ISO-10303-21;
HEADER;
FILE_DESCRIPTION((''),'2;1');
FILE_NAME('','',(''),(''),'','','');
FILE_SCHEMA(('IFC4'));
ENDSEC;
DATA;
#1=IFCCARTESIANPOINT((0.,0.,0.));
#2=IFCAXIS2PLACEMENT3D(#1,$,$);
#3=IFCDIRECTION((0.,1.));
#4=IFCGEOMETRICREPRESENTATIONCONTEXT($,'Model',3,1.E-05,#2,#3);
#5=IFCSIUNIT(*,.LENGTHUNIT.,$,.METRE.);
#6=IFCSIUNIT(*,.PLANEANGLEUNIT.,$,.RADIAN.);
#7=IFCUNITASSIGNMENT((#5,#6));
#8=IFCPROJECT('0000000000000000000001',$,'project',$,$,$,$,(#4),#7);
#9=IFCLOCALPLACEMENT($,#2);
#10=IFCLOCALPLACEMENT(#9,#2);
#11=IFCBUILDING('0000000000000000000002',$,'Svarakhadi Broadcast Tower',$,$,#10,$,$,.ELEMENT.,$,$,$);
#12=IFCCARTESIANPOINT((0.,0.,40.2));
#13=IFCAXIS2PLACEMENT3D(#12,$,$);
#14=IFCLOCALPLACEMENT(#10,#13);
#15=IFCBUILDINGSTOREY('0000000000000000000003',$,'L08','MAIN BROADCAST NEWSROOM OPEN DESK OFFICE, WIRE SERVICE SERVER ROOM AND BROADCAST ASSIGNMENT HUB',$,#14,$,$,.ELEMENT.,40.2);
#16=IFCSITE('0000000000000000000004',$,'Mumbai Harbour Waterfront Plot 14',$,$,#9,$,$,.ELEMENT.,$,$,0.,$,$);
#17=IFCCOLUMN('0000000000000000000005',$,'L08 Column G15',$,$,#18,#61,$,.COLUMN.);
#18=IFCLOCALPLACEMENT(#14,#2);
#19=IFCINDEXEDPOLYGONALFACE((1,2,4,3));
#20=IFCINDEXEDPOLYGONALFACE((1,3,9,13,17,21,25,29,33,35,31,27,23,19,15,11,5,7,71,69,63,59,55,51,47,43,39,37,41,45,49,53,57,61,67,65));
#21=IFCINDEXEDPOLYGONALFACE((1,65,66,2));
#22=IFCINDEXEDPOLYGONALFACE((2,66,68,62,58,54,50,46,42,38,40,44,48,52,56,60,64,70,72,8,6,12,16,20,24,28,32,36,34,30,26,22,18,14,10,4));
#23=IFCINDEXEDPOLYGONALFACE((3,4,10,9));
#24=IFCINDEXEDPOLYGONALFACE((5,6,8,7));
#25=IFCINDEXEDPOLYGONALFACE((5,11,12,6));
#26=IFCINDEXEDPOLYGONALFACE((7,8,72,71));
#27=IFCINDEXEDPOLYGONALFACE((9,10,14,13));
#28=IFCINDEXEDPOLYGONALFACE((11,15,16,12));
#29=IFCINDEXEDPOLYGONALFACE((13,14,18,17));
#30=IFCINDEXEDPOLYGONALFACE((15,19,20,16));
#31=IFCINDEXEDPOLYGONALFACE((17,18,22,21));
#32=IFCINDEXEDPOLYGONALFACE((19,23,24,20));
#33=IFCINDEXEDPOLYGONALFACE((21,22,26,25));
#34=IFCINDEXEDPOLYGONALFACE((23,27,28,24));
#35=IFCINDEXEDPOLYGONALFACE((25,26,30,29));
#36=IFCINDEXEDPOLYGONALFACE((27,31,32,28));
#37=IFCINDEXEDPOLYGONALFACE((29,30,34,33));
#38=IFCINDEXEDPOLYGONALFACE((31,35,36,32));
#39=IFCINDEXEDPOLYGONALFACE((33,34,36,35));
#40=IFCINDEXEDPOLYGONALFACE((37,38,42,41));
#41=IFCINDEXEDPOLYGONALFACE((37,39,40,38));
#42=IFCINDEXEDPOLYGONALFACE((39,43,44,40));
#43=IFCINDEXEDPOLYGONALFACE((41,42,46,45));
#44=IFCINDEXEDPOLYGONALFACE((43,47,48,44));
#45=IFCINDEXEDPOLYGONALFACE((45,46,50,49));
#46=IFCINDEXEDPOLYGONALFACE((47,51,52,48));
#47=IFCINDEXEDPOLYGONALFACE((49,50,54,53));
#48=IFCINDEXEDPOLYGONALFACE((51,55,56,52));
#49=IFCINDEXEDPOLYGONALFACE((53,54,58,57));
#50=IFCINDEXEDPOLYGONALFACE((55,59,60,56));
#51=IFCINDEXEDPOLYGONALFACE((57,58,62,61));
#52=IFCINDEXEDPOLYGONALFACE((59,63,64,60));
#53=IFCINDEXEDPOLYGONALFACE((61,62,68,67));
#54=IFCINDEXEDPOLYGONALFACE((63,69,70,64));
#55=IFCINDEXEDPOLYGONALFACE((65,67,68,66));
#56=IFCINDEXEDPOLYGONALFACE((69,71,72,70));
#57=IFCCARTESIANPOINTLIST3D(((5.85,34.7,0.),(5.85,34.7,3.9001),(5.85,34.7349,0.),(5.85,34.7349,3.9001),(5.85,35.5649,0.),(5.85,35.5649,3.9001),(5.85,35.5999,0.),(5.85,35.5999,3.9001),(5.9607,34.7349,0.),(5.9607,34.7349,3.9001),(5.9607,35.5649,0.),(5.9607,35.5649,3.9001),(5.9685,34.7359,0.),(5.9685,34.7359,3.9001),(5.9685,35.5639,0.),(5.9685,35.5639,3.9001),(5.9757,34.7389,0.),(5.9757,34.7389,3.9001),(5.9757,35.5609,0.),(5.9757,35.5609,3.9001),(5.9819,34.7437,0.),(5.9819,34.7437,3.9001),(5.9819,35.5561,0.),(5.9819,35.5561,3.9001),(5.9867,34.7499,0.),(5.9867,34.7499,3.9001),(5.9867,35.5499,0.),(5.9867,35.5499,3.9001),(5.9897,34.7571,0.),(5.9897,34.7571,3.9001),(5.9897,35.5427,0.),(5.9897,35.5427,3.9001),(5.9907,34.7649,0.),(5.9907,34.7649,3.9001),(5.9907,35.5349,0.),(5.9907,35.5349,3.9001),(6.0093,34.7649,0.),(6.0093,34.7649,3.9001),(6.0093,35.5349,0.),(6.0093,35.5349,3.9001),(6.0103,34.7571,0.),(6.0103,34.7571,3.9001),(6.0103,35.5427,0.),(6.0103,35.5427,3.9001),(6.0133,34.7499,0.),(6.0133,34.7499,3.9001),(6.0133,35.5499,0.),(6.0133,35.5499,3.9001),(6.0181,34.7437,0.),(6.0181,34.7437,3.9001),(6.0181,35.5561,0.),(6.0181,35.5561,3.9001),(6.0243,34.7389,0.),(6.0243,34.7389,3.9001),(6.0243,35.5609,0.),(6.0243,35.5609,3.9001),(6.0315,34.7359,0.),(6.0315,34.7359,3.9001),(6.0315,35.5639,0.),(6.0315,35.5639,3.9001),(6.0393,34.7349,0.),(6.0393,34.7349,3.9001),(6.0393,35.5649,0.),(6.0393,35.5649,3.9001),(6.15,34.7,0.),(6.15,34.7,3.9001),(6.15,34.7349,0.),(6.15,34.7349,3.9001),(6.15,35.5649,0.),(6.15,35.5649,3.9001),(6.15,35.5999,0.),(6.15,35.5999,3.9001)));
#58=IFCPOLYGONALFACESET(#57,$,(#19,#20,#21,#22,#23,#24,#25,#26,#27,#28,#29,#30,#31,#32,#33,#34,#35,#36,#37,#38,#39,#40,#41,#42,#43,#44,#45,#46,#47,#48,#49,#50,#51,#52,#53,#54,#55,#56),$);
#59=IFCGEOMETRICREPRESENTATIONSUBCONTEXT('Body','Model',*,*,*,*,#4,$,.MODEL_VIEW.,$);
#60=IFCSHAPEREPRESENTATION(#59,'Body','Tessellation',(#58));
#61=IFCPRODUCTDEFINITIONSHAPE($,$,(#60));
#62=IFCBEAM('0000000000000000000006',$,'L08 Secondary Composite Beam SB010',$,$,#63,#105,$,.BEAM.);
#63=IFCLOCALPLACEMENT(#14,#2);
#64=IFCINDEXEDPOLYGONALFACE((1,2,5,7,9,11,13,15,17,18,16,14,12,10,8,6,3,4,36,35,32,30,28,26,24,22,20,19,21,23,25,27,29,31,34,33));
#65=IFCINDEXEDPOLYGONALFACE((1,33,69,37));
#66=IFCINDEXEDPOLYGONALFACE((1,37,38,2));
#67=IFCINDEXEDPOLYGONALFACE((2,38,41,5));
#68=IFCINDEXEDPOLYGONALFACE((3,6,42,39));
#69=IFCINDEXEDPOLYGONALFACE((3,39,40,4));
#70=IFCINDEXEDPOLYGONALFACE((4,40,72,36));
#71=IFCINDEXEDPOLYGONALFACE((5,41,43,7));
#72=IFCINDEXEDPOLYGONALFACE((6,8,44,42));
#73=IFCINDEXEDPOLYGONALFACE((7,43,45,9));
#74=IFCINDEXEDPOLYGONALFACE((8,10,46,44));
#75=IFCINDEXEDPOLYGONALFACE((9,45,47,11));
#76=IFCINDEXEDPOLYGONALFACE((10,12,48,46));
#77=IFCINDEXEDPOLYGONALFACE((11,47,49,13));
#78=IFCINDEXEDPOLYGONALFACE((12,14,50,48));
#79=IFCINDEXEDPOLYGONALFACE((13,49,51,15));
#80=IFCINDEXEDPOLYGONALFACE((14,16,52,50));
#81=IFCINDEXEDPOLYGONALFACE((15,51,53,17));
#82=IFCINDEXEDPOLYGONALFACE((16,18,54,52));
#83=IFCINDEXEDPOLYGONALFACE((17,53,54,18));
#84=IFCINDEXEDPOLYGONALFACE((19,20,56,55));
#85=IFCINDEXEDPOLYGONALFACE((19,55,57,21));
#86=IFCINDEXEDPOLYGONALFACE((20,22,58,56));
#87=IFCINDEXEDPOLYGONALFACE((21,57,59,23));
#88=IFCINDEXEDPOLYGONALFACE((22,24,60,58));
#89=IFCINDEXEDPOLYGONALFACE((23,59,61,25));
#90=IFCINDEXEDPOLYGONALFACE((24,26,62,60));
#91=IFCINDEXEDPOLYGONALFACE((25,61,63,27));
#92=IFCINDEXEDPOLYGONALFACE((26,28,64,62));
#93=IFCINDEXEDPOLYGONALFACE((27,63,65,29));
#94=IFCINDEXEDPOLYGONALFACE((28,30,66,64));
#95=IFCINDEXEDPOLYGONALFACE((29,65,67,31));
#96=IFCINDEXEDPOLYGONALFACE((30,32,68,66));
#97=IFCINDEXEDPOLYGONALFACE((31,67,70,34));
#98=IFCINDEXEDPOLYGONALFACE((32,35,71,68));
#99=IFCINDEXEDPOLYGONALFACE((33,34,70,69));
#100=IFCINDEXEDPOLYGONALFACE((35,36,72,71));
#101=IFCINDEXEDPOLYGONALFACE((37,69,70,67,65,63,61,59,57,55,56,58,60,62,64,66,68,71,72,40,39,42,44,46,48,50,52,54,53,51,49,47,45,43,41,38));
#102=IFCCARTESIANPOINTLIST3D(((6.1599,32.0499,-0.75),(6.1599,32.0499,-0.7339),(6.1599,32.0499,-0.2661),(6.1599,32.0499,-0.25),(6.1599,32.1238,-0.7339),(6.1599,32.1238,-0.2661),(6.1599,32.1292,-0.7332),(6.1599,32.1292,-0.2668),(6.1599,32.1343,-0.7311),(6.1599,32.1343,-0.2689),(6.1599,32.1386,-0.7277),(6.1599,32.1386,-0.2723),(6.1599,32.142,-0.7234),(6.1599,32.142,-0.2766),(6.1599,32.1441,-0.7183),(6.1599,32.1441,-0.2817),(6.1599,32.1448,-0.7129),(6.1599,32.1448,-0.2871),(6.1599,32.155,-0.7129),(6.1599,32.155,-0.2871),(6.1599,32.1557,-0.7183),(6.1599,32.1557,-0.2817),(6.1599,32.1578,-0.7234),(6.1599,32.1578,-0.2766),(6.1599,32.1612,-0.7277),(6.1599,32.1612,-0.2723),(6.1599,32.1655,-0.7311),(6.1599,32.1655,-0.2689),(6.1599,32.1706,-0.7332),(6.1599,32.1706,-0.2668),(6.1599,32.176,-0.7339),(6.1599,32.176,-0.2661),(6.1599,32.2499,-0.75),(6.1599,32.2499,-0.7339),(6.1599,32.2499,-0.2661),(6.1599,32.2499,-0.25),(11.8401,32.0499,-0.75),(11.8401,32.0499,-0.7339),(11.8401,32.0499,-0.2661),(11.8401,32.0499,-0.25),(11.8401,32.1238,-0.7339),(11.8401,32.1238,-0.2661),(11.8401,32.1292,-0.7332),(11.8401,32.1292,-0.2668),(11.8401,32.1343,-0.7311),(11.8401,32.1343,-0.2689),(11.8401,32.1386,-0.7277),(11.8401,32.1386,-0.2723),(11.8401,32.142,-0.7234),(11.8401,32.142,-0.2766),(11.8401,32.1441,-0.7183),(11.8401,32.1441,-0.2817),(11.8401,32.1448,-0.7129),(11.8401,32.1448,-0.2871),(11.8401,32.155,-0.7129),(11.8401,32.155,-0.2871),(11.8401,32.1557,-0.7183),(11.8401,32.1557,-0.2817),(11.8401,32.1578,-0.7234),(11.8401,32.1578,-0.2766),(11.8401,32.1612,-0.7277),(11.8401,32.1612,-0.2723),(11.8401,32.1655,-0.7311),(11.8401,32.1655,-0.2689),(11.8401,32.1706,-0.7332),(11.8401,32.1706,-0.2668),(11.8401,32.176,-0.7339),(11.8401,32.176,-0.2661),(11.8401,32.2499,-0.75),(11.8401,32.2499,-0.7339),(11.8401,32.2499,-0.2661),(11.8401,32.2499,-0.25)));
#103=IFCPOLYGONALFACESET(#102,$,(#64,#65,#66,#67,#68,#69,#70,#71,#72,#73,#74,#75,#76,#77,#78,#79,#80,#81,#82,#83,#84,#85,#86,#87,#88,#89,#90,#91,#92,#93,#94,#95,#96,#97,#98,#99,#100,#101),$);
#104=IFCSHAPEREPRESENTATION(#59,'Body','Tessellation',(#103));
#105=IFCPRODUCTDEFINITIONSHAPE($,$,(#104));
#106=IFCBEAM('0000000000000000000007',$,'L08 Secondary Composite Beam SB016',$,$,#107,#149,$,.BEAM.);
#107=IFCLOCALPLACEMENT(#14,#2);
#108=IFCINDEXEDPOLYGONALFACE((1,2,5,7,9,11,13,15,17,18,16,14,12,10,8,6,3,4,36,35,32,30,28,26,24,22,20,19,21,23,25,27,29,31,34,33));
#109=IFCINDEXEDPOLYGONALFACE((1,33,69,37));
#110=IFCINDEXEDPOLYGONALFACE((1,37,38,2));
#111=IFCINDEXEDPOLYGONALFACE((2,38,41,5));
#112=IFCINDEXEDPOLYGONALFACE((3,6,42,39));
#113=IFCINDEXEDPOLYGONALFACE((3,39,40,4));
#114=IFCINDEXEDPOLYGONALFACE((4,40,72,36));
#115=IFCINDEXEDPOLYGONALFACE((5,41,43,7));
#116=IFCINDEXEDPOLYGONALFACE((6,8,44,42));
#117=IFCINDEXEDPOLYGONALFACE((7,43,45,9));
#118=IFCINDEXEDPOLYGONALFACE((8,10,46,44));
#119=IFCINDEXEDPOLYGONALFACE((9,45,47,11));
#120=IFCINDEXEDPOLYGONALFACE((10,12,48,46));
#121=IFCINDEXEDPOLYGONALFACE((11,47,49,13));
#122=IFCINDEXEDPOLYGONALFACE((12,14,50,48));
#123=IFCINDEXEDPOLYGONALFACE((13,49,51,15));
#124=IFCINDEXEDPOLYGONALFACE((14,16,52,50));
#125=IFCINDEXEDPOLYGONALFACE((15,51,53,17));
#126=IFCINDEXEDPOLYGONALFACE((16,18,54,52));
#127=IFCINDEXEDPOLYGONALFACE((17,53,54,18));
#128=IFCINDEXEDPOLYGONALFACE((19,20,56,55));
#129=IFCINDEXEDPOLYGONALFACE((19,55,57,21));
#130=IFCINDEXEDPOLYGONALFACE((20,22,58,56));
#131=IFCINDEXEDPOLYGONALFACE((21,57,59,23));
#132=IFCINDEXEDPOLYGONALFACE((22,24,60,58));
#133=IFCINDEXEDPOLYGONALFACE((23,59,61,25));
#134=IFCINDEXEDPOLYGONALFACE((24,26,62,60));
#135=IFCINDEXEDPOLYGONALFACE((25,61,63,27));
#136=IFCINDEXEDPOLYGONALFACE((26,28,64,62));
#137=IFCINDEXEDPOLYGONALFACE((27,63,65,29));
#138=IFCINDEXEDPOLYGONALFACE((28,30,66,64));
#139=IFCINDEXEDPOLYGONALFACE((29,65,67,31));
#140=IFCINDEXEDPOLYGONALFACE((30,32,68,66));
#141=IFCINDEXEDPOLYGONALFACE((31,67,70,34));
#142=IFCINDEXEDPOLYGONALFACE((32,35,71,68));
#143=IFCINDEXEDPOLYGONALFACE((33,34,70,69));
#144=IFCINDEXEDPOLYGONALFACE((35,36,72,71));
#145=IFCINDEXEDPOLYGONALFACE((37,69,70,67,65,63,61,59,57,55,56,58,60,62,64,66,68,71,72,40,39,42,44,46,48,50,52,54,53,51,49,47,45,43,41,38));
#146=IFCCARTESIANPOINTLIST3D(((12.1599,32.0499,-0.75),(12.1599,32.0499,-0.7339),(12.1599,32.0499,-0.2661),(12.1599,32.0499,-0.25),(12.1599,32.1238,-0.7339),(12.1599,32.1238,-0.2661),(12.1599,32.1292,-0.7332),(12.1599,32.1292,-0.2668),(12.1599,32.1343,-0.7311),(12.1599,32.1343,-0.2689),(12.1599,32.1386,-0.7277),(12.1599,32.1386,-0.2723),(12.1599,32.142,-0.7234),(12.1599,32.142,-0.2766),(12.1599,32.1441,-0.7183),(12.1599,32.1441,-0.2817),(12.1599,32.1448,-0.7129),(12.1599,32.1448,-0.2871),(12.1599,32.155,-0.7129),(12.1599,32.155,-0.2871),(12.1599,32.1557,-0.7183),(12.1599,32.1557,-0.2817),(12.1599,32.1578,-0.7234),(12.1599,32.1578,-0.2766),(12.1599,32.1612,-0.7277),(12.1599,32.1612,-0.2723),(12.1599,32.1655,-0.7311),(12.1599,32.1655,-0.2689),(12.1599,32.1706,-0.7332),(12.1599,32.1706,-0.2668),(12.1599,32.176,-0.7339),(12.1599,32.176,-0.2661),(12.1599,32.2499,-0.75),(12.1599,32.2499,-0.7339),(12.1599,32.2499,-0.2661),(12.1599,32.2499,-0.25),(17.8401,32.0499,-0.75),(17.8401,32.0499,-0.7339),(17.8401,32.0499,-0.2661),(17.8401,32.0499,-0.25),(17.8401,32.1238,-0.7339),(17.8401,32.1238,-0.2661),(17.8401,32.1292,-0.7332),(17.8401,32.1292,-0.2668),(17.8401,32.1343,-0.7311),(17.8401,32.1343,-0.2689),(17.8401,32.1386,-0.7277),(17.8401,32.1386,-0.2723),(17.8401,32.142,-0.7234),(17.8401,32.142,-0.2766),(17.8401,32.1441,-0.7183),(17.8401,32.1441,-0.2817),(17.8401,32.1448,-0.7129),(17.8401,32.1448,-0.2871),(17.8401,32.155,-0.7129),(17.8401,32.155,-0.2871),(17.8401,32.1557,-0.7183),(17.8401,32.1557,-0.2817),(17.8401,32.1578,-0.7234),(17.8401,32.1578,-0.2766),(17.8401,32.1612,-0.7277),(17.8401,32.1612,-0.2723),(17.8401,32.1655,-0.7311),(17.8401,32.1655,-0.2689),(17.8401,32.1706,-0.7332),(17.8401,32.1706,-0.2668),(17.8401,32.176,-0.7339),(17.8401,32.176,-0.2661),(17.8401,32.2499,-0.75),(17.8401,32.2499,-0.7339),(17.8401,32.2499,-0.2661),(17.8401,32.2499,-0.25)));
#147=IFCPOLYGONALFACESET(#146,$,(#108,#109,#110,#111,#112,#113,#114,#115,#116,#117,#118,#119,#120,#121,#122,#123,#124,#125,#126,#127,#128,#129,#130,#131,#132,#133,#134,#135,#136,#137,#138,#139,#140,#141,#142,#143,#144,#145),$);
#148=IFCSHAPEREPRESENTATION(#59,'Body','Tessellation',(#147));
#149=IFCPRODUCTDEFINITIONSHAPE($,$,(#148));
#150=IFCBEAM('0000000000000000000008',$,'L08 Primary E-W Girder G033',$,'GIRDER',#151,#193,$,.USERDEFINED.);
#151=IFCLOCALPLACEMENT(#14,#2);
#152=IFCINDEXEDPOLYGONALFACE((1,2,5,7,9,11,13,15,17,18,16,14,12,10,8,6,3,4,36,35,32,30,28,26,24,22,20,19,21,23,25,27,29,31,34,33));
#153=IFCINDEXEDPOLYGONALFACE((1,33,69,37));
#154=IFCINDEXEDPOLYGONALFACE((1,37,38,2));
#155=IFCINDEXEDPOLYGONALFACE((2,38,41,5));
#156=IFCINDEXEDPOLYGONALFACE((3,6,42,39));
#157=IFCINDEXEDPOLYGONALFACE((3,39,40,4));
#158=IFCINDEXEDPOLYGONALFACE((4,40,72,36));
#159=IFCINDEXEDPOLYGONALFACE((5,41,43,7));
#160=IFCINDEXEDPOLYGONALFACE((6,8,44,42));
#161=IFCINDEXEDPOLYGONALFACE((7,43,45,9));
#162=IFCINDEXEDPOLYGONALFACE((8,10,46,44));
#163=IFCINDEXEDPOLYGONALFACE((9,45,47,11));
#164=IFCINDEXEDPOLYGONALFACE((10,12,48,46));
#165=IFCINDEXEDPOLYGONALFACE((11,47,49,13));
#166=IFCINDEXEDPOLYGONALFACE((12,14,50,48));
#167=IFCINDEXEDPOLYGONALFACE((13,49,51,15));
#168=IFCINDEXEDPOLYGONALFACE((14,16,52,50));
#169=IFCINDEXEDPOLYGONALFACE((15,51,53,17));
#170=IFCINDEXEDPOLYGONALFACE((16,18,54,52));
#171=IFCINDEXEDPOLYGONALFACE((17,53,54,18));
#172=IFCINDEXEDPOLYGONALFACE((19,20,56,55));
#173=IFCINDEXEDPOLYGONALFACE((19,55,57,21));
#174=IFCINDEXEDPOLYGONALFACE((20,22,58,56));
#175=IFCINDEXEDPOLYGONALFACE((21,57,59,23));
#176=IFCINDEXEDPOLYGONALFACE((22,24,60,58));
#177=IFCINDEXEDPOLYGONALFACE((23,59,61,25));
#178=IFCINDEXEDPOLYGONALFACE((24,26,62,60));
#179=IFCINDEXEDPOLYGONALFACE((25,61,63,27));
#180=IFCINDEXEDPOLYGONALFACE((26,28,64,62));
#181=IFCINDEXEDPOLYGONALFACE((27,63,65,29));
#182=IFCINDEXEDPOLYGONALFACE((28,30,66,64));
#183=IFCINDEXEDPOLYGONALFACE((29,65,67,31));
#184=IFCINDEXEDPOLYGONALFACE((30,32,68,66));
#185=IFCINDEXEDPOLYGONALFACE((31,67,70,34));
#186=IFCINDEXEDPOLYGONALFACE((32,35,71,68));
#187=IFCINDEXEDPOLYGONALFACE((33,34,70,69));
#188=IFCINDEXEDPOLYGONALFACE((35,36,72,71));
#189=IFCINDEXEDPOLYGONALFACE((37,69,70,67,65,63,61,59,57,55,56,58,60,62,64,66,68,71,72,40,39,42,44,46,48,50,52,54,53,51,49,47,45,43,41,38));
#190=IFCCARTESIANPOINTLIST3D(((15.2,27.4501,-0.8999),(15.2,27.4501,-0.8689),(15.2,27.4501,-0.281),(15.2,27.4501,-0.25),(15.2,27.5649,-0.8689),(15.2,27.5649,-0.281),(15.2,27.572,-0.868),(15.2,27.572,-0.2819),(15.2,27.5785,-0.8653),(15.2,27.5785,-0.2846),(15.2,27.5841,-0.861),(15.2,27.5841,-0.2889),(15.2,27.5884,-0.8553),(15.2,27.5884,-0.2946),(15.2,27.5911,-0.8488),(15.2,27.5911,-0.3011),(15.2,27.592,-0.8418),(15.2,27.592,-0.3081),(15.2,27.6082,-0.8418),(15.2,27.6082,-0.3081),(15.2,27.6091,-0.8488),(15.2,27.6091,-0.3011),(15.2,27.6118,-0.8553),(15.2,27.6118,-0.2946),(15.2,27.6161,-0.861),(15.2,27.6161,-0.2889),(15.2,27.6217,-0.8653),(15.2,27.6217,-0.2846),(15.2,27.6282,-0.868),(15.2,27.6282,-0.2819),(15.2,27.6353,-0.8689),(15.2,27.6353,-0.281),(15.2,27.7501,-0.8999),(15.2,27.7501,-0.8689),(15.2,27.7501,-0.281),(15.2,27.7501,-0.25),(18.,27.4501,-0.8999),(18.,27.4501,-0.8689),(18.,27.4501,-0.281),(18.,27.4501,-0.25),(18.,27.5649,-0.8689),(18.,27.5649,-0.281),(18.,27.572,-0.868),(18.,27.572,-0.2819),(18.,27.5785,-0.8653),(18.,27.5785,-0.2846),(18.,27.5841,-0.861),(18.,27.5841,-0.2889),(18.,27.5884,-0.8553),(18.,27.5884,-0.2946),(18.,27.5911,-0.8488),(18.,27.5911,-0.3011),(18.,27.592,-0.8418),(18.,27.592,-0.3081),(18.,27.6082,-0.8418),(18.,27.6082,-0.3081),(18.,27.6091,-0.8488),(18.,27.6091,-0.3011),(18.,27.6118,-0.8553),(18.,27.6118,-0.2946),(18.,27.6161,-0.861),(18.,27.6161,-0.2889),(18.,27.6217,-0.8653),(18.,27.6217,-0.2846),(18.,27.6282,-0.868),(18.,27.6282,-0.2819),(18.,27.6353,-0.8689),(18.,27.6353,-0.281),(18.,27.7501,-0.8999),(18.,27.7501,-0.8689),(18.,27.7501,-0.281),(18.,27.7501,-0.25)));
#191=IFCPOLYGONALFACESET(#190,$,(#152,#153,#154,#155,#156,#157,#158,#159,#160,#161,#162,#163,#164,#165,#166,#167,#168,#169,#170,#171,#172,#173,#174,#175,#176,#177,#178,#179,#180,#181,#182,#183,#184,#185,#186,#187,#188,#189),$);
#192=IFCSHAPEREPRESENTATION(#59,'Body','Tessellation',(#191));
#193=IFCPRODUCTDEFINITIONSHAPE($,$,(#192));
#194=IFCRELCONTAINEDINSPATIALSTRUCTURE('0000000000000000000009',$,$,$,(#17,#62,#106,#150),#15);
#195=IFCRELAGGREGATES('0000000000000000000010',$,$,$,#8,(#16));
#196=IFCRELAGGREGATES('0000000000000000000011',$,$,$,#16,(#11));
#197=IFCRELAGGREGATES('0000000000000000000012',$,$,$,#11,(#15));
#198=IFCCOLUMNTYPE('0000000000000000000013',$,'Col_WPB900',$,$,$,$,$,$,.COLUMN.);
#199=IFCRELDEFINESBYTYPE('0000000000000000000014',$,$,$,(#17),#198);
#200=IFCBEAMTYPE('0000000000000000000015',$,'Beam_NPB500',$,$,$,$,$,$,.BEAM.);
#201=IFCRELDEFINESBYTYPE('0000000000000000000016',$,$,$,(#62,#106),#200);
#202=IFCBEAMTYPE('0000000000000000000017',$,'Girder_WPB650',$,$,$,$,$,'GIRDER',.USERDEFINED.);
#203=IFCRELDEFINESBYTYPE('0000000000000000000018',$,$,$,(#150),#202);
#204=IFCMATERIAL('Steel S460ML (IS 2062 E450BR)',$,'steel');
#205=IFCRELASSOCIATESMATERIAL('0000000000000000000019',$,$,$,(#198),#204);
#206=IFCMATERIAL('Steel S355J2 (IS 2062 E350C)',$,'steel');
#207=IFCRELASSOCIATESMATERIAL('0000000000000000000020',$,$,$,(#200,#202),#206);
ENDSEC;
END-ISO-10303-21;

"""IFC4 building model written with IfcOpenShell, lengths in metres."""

from ifc_helpers import new_model, si_unit, direction, frame, origin, origin_2d, place, context, subcontext, project, spatial, i_section, extrude, material, material_profile, profile_set, type_object, element, save


model = new_model("IFC4")

# Units and contexts
model_context = context("Model", 3, precision=1e-05, world=origin(), true_north=direction((0.0, 1.0)))
body_context = subcontext(model_context, "Body", "Model", "MODEL_VIEW")
ifc_project = project(units=[si_unit("LENGTHUNIT", "METRE"), si_unit("PLANEANGLEUNIT", "RADIAN")], contexts=[model_context])

# Site, building, storey
site_placement = place(None, origin())
site = spatial("IfcSite", under=ifc_project, at=site_placement, Name="Mumbai Harbour Waterfront Plot 14", CompositionType="ELEMENT", RefElevation=0.0)
building_placement = place(site_placement, origin())
building = spatial("IfcBuilding", under=site, at=building_placement, Name="Svarakhadi Broadcast Tower", CompositionType="ELEMENT")
storey_placement = place(building_placement, frame((0.0, 0.0, 40.2)))
storey = spatial("IfcBuildingStorey", under=building, at=storey_placement, Name="L08", Description="MAIN BROADCAST NEWSROOM OPEN DESK OFFICE, WIRE SERVICE SERVER ROOM AND BROADCAST ASSIGNMENT HUB", CompositionType="ELEMENT", Elevation=40.2)

# Column
ifc_material_1 = material(Name="Steel S460ML (IS 2062 E450BR)", Category="steel")
ifc_material_profile_1 = material_profile(ifc_material_1, i_section(OverallWidth=0.3, OverallDepth=0.8999, WebThickness=0.0186, FlangeThickness=0.0349, FilletRadius=0.03, at=origin_2d()), Name="WPB 900x300x291")
ifc_profile_set_1 = profile_set([ifc_material_profile_1], Name="Steel S460ML (IS 2062 E450BR)")
column_type_1 = type_object("IfcColumnType", Name="Col_WPB900", PredefinedType="COLUMN", material=ifc_profile_set_1)
column_placement = place(storey_placement, frame((6.0, 35.1499, 0.0), z_axis=(0.0, 0.0, 1.0), x_axis=(1.0, 0.0, 0.0)))
element("IfcColumn", 1, at=column_placement, inside=storey, type_object=column_type_1, Name="L08 Column G15", PredefinedType="COLUMN", context=body_context, shape_type="SweptSolid", body=[
    extrude(i_section(OverallWidth=0.3, OverallDepth=0.8999, WebThickness=0.0186, FlangeThickness=0.0349, FilletRadius=0.03, at=origin_2d()), origin(), (0.0, 0.0, 1.0), 3.9001),
])

# Beams
ifc_material_2 = material(Name="Steel S355J2 (IS 2062 E350C)", Category="steel")
ifc_material_profile_2 = material_profile(ifc_material_2, i_section(OverallWidth=0.2, OverallDepth=0.5, WebThickness=0.0103, FlangeThickness=0.0161, FilletRadius=0.021, at=origin_2d()), Name="NPB 500x200x91")
ifc_profile_set_2 = profile_set([ifc_material_profile_2], Name="Steel S355J2 (IS 2062 E350C)")
beam_type_1 = type_object("IfcBeamType", Name="Beam_NPB500", PredefinedType="BEAM", material=ifc_profile_set_2)
for number, where, z_axis, x_axis, name in (
    (2, (6.1599, 32.1499, -0.5), (1.0, 0.0, 0.0), (0.0, 1.0, 0.0), "L08 Secondary Composite Beam SB010"),
    (3, (12.1599, 32.1499, -0.5), (1.0, 0.0, 0.0), (0.0, 1.0, 0.0), "L08 Secondary Composite Beam SB016"),
):
    element("IfcBeam", number, at=place(storey_placement, frame(where, z_axis=z_axis, x_axis=x_axis)), inside=storey, type_object=beam_type_1, Name=name, PredefinedType="BEAM", context=body_context, shape_type="SweptSolid", body=[
        extrude(i_section(OverallWidth=0.2, OverallDepth=0.5, WebThickness=0.0103, FlangeThickness=0.0161, FilletRadius=0.021, at=origin_2d()), origin(), (0.0, 0.0, 1.0), 5.6802),
    ])
ifc_material_profile_3 = material_profile(ifc_material_2, i_section(OverallWidth=0.3, OverallDepth=0.6499, WebThickness=0.0161, FlangeThickness=0.031, FilletRadius=0.0271, at=origin_2d()), Name="WPB 650x300x225")
ifc_profile_set_3 = profile_set([ifc_material_profile_3], Name="Steel S355J2 (IS 2062 E350C)")
beam_type_2 = type_object("IfcBeamType", Name="Girder_WPB650", ElementType="GIRDER", PredefinedType="USERDEFINED", material=ifc_profile_set_3)
beam_placement = place(storey_placement, frame((15.2, 27.6001, -0.575), z_axis=(1.0, 0.0, 0.0), x_axis=(0.0, 1.0, 0.0)))
element("IfcBeam", 4, at=beam_placement, inside=storey, type_object=beam_type_2, Name="L08 Primary E-W Girder G033", ObjectType="GIRDER", PredefinedType="USERDEFINED", context=body_context, shape_type="SweptSolid", body=[
    extrude(i_section(OverallWidth=0.3, OverallDepth=0.6499, WebThickness=0.0161, FlangeThickness=0.031, FilletRadius=0.0271, at=origin_2d()), origin(), (0.0, 0.0, 1.0), 2.8),
])

save(model, "model.ifc")
